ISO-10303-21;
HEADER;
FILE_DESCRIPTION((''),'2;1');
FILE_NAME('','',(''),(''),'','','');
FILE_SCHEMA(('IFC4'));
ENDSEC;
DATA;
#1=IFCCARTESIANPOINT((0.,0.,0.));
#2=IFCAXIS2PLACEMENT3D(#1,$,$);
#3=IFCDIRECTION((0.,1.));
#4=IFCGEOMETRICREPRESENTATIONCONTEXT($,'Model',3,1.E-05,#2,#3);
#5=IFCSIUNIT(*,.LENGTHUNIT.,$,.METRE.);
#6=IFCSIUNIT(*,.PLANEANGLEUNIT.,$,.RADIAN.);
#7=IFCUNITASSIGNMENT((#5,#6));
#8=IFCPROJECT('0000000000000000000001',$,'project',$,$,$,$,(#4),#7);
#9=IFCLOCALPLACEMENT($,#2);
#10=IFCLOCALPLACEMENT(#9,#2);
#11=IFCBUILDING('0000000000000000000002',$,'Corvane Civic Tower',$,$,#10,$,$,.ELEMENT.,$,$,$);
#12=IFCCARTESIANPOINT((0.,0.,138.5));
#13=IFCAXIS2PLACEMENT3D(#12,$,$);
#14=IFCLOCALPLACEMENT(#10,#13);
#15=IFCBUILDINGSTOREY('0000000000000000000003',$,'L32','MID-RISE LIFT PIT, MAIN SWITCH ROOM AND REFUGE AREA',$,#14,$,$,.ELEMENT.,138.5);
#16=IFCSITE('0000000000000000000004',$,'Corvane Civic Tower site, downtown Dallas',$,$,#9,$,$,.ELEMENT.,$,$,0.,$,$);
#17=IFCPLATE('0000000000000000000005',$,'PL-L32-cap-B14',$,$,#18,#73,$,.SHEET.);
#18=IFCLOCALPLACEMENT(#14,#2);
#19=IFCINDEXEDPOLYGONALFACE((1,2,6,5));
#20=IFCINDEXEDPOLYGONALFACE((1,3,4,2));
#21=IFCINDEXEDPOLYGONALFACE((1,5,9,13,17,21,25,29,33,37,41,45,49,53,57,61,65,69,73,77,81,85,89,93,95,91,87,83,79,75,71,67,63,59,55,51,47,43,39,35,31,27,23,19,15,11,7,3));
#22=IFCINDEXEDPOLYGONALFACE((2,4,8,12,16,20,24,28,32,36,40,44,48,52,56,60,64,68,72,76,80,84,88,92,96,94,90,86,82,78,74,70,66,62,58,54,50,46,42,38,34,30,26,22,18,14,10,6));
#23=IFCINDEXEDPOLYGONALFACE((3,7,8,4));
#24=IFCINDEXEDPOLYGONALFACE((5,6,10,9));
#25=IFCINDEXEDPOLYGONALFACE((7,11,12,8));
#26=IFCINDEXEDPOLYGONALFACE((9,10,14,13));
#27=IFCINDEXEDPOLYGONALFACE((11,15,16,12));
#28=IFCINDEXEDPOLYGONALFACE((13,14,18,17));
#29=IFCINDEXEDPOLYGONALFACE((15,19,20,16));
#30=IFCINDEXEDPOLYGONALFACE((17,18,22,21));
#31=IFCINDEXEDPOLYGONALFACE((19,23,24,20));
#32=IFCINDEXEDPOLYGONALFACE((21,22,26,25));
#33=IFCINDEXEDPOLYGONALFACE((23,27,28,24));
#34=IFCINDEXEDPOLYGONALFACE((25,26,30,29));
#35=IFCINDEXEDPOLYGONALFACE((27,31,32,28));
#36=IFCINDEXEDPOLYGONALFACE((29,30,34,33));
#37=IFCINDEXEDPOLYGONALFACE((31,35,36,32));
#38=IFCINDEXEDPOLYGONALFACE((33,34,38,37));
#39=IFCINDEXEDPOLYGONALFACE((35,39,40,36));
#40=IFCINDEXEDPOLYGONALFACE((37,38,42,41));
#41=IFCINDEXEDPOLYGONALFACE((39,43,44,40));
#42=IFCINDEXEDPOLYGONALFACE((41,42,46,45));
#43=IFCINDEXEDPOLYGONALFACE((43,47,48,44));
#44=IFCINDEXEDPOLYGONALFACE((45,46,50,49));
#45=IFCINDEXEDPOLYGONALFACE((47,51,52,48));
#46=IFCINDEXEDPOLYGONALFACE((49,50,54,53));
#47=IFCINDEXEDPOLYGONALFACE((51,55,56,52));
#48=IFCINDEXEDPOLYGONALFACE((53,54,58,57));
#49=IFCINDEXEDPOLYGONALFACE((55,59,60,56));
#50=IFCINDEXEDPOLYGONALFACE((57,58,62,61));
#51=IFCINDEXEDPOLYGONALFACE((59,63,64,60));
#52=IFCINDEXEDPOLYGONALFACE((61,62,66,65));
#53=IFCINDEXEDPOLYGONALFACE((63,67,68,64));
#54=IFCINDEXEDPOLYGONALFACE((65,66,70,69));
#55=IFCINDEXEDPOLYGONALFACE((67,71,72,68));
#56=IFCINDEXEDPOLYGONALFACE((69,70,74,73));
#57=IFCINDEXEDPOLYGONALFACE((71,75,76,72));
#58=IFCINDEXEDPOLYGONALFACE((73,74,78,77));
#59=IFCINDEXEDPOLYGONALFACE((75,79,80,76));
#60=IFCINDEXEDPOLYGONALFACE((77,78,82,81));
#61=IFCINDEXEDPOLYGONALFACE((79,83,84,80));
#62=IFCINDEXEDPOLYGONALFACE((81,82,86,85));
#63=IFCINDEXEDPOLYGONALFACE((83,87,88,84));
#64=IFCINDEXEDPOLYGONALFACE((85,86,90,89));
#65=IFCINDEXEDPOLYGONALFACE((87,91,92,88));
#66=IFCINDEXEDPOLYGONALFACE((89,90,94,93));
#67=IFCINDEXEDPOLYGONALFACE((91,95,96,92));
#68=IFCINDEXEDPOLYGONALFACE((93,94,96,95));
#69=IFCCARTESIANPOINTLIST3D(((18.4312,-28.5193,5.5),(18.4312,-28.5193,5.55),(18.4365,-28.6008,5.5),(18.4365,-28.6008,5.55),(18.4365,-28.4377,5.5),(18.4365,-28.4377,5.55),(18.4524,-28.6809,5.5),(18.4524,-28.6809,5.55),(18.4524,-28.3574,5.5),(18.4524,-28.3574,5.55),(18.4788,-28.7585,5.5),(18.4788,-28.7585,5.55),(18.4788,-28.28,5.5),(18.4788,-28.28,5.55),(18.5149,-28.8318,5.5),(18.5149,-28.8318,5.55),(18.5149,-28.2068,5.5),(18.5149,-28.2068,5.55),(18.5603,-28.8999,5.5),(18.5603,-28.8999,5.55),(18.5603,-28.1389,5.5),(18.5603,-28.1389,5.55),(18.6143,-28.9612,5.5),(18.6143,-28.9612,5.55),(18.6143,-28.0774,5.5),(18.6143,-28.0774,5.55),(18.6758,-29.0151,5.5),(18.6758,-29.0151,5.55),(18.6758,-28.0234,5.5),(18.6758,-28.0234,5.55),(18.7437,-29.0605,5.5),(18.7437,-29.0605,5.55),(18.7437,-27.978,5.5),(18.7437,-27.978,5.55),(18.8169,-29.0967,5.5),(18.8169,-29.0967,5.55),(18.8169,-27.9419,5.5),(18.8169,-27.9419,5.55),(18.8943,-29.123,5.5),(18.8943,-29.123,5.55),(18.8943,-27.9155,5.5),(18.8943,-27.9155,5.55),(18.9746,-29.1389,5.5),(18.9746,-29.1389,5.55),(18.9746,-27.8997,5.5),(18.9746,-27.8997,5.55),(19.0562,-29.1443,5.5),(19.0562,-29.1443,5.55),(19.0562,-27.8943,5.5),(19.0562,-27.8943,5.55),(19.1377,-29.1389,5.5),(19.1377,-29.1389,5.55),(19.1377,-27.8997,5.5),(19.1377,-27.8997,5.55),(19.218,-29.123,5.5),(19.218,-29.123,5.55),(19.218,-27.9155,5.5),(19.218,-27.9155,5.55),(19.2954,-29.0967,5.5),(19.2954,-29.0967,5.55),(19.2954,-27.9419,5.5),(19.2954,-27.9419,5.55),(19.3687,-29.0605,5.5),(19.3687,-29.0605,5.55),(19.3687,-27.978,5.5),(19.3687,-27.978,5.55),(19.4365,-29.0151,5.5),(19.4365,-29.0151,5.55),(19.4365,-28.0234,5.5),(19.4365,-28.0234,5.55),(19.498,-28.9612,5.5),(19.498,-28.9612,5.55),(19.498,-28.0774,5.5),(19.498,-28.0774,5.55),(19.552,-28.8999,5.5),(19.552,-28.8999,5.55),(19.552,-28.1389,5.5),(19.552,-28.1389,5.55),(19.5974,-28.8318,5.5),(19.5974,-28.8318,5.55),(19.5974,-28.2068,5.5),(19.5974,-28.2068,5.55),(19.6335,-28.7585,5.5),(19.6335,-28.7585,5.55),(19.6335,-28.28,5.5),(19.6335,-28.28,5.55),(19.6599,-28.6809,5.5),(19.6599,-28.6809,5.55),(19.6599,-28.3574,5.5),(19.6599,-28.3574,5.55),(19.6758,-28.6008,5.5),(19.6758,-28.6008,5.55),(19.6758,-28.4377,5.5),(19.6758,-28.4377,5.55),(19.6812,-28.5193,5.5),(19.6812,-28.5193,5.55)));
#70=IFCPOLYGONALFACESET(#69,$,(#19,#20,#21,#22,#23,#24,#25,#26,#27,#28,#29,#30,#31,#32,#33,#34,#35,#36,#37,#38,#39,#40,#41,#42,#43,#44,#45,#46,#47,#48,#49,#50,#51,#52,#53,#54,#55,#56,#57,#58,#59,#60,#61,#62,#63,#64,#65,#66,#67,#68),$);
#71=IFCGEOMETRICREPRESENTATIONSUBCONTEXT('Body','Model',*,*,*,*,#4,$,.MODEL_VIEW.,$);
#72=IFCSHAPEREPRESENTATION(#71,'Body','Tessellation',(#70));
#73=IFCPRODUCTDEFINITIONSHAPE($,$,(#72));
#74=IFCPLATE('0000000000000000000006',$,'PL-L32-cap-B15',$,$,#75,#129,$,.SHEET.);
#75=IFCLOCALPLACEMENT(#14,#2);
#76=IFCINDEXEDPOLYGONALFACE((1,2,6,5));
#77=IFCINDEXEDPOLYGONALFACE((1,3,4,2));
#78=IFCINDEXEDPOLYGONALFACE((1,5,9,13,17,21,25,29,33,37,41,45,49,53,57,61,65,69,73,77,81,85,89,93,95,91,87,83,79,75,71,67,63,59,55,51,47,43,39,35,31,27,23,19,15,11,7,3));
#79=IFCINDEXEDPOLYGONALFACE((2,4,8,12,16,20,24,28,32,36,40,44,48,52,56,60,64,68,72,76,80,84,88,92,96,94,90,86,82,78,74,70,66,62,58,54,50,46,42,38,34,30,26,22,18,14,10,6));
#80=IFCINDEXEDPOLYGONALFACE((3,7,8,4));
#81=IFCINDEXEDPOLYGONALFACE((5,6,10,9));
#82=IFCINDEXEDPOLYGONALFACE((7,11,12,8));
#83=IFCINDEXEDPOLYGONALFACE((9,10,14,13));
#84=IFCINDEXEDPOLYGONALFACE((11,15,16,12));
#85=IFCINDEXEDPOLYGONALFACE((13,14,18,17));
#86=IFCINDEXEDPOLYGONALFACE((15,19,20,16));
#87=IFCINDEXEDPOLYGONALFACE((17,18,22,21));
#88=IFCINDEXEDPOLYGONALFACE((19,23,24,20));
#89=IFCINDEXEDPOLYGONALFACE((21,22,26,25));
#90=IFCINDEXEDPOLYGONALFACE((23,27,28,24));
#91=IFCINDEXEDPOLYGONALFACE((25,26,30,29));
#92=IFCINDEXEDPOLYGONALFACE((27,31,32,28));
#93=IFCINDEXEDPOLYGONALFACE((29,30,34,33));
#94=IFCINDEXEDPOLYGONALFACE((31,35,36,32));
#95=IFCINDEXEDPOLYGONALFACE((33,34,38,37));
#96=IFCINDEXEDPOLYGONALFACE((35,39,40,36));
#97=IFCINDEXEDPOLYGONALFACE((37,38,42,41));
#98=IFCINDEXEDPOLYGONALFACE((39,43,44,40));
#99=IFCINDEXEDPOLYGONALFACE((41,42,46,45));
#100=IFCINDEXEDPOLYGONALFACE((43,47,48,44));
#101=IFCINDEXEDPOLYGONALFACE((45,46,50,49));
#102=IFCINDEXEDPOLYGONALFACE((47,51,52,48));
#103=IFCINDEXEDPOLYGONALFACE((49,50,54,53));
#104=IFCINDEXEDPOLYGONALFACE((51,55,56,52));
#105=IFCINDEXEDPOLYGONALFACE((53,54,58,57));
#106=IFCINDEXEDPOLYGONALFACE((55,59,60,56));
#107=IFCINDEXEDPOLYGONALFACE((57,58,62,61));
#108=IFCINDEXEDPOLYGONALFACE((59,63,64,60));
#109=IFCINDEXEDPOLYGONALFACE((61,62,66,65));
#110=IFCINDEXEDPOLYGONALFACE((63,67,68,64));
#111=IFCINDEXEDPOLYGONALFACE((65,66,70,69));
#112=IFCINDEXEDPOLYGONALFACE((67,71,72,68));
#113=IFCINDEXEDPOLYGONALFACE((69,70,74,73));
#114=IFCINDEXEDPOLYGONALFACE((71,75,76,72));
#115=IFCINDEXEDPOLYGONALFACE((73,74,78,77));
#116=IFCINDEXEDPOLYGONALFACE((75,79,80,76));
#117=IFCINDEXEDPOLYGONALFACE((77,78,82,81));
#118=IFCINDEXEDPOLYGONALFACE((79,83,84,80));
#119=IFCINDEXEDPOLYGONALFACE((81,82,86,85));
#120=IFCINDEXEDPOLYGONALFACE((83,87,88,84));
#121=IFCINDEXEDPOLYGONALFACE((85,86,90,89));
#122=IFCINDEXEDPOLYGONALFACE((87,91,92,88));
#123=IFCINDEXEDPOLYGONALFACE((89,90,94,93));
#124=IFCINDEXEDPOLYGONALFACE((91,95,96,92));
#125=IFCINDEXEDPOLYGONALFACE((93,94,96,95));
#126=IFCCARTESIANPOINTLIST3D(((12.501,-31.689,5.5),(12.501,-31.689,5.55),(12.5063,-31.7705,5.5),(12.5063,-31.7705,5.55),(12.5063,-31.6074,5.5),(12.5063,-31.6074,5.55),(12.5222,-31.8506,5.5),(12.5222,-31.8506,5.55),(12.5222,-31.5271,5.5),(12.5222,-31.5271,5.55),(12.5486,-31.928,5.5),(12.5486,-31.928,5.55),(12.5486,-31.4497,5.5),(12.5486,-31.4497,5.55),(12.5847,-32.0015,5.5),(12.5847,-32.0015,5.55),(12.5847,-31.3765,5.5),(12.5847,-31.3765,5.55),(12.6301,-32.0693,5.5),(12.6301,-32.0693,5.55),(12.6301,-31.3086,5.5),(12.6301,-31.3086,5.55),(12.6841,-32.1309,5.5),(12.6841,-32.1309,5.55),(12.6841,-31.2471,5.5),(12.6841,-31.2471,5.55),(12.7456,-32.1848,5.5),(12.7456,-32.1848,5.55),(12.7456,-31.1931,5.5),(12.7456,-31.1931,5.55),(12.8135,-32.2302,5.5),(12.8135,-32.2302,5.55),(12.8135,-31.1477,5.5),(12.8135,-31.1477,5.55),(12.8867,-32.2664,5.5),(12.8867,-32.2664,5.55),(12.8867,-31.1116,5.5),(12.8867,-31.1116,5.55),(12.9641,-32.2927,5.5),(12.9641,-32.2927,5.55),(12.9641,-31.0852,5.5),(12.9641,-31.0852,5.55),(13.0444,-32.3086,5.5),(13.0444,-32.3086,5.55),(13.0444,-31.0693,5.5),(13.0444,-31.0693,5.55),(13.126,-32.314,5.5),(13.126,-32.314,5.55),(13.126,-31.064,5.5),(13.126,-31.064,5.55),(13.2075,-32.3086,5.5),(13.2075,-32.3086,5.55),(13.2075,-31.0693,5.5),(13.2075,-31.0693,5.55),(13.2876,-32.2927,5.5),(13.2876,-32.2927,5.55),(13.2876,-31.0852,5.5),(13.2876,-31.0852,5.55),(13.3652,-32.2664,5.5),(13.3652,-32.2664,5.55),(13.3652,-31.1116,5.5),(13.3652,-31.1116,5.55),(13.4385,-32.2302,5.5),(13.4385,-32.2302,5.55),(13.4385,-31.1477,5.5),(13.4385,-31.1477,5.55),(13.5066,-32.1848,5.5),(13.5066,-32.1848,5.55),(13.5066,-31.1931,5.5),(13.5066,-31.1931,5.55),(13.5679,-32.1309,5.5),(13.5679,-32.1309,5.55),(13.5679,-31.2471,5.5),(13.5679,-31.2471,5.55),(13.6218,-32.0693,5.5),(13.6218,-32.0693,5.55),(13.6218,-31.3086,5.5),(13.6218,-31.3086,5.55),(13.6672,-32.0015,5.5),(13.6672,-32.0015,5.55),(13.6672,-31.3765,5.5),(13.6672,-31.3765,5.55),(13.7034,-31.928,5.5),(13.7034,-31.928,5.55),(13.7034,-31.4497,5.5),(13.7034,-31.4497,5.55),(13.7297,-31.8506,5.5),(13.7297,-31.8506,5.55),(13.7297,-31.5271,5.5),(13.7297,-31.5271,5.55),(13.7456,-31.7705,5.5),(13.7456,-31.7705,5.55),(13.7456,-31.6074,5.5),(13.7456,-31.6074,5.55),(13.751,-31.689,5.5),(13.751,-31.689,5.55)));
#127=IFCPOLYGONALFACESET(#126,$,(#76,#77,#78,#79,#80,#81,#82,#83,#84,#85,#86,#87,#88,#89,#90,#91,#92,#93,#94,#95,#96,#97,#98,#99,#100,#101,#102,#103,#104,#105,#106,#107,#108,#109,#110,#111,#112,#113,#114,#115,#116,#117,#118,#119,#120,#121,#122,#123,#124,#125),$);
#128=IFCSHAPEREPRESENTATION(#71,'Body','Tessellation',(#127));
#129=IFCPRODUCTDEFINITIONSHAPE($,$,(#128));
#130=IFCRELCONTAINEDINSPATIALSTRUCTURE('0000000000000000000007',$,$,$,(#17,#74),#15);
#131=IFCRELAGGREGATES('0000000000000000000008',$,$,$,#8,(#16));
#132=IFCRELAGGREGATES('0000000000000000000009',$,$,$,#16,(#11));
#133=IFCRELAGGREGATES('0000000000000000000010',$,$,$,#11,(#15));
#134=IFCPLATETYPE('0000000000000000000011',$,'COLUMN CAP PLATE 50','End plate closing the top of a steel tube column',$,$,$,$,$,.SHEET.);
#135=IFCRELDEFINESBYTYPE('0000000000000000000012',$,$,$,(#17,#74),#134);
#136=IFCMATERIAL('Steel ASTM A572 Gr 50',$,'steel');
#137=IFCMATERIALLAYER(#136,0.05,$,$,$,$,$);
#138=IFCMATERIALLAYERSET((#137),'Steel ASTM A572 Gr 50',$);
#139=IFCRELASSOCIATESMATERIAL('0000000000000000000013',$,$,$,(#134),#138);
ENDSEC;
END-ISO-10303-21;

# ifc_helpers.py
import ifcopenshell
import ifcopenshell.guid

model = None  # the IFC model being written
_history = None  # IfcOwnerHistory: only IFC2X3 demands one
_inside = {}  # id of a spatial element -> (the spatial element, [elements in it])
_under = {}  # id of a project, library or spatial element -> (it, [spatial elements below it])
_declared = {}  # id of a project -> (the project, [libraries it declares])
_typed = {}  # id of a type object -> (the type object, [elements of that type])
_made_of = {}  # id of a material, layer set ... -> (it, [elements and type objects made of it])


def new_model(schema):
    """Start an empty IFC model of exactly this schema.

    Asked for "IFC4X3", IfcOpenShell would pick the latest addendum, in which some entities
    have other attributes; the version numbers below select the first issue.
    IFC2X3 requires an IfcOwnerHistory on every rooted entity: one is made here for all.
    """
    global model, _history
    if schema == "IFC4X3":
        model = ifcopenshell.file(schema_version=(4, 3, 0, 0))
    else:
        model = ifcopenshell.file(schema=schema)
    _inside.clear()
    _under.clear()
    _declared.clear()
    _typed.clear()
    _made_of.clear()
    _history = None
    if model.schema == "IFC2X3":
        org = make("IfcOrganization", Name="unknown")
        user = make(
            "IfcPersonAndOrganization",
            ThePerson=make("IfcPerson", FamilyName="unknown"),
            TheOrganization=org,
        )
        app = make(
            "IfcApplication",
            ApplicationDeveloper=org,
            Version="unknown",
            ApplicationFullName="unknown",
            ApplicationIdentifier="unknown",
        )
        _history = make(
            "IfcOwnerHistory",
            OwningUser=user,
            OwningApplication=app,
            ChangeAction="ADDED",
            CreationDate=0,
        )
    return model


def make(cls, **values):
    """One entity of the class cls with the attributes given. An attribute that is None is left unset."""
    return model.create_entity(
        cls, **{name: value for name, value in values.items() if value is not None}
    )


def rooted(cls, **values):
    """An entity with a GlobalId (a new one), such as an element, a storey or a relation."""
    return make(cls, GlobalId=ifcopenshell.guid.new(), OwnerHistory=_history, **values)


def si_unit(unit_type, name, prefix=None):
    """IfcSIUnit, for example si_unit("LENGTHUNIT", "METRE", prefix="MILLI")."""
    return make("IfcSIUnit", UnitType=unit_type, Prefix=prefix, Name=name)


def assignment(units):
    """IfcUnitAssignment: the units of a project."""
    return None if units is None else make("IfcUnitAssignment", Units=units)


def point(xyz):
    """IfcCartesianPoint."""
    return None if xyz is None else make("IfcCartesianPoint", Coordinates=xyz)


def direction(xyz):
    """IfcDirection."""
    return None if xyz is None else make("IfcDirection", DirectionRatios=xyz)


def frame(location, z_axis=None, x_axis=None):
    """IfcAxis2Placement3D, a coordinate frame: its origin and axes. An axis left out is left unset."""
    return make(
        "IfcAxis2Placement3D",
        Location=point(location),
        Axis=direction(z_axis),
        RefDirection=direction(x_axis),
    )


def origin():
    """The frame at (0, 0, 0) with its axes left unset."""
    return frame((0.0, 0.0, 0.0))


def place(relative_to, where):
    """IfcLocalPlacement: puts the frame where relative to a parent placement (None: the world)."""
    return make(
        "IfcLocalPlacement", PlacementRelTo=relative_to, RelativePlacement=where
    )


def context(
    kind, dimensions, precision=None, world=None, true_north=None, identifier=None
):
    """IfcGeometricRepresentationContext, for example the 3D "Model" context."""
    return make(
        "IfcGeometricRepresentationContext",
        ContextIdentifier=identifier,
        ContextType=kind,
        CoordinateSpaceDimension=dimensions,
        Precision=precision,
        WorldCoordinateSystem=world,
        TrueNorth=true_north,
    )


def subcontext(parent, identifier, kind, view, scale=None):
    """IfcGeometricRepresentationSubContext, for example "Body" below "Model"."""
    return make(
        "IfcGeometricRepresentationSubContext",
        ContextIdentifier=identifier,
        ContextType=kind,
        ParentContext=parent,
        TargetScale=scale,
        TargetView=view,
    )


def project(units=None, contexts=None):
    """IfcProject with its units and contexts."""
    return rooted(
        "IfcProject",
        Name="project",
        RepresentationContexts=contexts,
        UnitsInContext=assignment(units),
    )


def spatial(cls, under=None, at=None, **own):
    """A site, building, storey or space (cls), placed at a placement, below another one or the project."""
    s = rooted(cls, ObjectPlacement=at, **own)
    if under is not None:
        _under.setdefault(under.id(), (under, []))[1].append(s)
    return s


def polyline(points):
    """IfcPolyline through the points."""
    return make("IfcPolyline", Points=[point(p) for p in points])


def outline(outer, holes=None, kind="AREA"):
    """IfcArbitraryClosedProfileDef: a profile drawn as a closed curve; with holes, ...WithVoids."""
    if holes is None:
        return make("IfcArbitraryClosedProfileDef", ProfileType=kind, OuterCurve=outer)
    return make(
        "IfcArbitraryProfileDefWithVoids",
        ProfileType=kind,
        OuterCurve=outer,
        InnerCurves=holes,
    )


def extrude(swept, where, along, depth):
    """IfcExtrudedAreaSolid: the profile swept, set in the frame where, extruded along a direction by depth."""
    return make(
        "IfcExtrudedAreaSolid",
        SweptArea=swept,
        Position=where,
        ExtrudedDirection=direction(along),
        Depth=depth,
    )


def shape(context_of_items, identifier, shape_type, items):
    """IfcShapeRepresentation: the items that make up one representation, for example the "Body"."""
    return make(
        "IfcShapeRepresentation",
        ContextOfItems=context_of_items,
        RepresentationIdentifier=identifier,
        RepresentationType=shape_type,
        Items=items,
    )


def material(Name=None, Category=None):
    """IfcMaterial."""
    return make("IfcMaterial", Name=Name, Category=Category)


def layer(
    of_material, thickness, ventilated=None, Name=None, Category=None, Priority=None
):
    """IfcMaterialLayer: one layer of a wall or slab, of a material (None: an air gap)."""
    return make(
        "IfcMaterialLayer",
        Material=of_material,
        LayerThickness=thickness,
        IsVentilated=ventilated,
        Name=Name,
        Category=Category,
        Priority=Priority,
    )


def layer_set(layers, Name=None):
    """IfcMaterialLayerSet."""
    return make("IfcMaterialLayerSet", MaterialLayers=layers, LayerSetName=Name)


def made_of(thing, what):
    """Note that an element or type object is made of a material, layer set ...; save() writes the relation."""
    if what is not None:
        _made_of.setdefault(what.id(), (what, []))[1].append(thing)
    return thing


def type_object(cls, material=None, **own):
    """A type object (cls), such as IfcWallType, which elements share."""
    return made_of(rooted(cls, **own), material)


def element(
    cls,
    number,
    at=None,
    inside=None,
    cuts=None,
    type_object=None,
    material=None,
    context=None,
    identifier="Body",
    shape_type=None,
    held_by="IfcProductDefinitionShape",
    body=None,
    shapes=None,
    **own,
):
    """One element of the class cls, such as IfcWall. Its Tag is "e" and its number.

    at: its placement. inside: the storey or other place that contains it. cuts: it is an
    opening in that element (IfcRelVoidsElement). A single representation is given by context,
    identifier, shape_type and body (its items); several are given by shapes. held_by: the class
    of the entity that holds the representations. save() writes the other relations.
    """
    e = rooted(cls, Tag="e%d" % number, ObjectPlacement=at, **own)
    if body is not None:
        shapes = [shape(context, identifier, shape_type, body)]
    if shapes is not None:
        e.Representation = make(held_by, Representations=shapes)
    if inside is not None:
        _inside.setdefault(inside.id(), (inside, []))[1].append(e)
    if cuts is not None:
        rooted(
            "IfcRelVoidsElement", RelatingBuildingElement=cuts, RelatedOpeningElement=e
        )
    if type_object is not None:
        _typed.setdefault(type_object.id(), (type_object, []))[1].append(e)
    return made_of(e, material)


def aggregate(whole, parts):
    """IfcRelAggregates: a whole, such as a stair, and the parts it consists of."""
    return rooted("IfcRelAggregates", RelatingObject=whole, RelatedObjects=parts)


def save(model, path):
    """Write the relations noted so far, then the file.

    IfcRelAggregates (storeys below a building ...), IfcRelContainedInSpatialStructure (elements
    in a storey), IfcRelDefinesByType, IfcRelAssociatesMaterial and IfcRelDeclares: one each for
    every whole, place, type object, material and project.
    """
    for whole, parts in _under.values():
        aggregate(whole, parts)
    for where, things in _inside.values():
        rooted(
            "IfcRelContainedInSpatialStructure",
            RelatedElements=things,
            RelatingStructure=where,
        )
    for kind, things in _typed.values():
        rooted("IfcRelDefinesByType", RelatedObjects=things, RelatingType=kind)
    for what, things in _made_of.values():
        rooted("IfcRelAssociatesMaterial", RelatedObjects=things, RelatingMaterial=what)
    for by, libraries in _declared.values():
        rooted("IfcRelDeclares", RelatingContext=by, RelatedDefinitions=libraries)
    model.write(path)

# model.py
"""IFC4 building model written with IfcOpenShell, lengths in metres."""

from ifc_helpers import new_model, si_unit, direction, frame, origin, place, context, subcontext, project, spatial, polyline, outline, extrude, material, layer, layer_set, type_object, element, save


model = new_model("IFC4")

# Units and contexts
model_context = context("Model", 3, precision=1e-05, world=origin(), true_north=direction((0.0, 1.0)))
body_context = subcontext(model_context, "Body", "Model", "MODEL_VIEW")
ifc_project = project(units=[si_unit("LENGTHUNIT", "METRE"), si_unit("PLANEANGLEUNIT", "RADIAN")], contexts=[model_context])

# Site, building, storey
site_placement = place(None, origin())
site = spatial("IfcSite", under=ifc_project, at=site_placement, Name="Corvane Civic Tower site, downtown Dallas", CompositionType="ELEMENT", RefElevation=0.0)
building_placement = place(site_placement, origin())
building = spatial("IfcBuilding", under=site, at=building_placement, Name="Corvane Civic Tower", CompositionType="ELEMENT")
storey_placement = place(building_placement, frame((0.0, 0.0, 138.5)))
storey = spatial("IfcBuildingStorey", under=building, at=storey_placement, Name="L32", Description="MID-RISE LIFT PIT, MAIN SWITCH ROOM AND REFUGE AREA", CompositionType="ELEMENT", Elevation=138.5)

# Plates
ifc_material_1 = material(Name="Steel ASTM A572 Gr 50", Category="steel")
ifc_layer_1 = layer(ifc_material_1, 0.05)
ifc_layer_set_1 = layer_set([ifc_layer_1], Name="Steel ASTM A572 Gr 50")
plate_type = type_object("IfcPlateType", Name="COLUMN CAP PLATE 50", Description="End plate closing the top of a steel tube column", PredefinedType="SHEET", material=ifc_layer_set_1)
plate_1_placement = place(storey_placement, frame((0.0, 0.0, 5.5)))
element("IfcPlate", 1, at=plate_1_placement, inside=storey, type_object=plate_type, Name="PL-L32-cap-B14", PredefinedType="SHEET", context=body_context, shape_type="SweptSolid", body=[
    extrude(outline(polyline([(19.6812, -28.5193), (19.6758, -28.4377), (19.6599, -28.3574), (19.6335, -28.28), (19.5974, -28.2068), (19.552, -28.1389), (19.498, -28.0774), (19.4365, -28.0234), (19.3687, -27.978), (19.2954, -27.9419), (19.218, -27.9155), (19.1377, -27.8997), (19.0562, -27.8943), (18.9746, -27.8997), (18.8943, -27.9155), (18.8169, -27.9419), (18.7437, -27.978), (18.6758, -28.0234), (18.6143, -28.0774), (18.5603, -28.1389), (18.5149, -28.2068), (18.4788, -28.28), (18.4524, -28.3574), (18.4365, -28.4377), (18.4312, -28.5193), (18.4365, -28.6008), (18.4524, -28.6809), (18.4788, -28.7585), (18.5149, -28.8318), (18.5603, -28.8999), (18.6143, -28.9612), (18.6758, -29.0151), (18.7437, -29.0605), (18.8169, -29.0967), (18.8943, -29.123), (18.9746, -29.1389), (19.0562, -29.1443), (19.1377, -29.1389), (19.218, -29.123), (19.2954, -29.0967), (19.3687, -29.0605), (19.4365, -29.0151), (19.498, -28.9612), (19.552, -28.8999), (19.5974, -28.8318), (19.6335, -28.7585), (19.6599, -28.6809), (19.6758, -28.6008), (19.6812, -28.5193)])), origin(), (0.0, 0.0, 1.0), 0.05),
])
plate_2_placement = place(storey_placement, frame((0.0, 0.0, 5.5)))
element("IfcPlate", 2, at=plate_2_placement, inside=storey, type_object=plate_type, Name="PL-L32-cap-B15", PredefinedType="SHEET", context=body_context, shape_type="SweptSolid", body=[
    extrude(outline(polyline([(13.751, -31.689), (13.7456, -31.6074), (13.7297, -31.5271), (13.7034, -31.4497), (13.6672, -31.3765), (13.6218, -31.3086), (13.5679, -31.2471), (13.5066, -31.1931), (13.4385, -31.1477), (13.3652, -31.1116), (13.2876, -31.0852), (13.2075, -31.0693), (13.126, -31.064), (13.0444, -31.0693), (12.9641, -31.0852), (12.8867, -31.1116), (12.8135, -31.1477), (12.7456, -31.1931), (12.6841, -31.2471), (12.6301, -31.3086), (12.5847, -31.3765), (12.5486, -31.4497), (12.5222, -31.5271), (12.5063, -31.6074), (12.501, -31.689), (12.5063, -31.7705), (12.5222, -31.8506), (12.5486, -31.928), (12.5847, -32.0015), (12.6301, -32.0693), (12.6841, -32.1309), (12.7456, -32.1848), (12.8135, -32.2302), (12.8867, -32.2664), (12.9641, -32.2927), (13.0444, -32.3086), (13.126, -32.314), (13.2075, -32.3086), (13.2876, -32.2927), (13.3652, -32.2664), (13.4385, -32.2302), (13.5066, -32.1848), (13.5679, -32.1309), (13.6218, -32.0693), (13.6672, -32.0015), (13.7034, -31.928), (13.7297, -31.8506), (13.7456, -31.7705), (13.751, -31.689)])), origin(), (0.0, 0.0, 1.0), 0.05),
])

save(model, "model.ifc")
